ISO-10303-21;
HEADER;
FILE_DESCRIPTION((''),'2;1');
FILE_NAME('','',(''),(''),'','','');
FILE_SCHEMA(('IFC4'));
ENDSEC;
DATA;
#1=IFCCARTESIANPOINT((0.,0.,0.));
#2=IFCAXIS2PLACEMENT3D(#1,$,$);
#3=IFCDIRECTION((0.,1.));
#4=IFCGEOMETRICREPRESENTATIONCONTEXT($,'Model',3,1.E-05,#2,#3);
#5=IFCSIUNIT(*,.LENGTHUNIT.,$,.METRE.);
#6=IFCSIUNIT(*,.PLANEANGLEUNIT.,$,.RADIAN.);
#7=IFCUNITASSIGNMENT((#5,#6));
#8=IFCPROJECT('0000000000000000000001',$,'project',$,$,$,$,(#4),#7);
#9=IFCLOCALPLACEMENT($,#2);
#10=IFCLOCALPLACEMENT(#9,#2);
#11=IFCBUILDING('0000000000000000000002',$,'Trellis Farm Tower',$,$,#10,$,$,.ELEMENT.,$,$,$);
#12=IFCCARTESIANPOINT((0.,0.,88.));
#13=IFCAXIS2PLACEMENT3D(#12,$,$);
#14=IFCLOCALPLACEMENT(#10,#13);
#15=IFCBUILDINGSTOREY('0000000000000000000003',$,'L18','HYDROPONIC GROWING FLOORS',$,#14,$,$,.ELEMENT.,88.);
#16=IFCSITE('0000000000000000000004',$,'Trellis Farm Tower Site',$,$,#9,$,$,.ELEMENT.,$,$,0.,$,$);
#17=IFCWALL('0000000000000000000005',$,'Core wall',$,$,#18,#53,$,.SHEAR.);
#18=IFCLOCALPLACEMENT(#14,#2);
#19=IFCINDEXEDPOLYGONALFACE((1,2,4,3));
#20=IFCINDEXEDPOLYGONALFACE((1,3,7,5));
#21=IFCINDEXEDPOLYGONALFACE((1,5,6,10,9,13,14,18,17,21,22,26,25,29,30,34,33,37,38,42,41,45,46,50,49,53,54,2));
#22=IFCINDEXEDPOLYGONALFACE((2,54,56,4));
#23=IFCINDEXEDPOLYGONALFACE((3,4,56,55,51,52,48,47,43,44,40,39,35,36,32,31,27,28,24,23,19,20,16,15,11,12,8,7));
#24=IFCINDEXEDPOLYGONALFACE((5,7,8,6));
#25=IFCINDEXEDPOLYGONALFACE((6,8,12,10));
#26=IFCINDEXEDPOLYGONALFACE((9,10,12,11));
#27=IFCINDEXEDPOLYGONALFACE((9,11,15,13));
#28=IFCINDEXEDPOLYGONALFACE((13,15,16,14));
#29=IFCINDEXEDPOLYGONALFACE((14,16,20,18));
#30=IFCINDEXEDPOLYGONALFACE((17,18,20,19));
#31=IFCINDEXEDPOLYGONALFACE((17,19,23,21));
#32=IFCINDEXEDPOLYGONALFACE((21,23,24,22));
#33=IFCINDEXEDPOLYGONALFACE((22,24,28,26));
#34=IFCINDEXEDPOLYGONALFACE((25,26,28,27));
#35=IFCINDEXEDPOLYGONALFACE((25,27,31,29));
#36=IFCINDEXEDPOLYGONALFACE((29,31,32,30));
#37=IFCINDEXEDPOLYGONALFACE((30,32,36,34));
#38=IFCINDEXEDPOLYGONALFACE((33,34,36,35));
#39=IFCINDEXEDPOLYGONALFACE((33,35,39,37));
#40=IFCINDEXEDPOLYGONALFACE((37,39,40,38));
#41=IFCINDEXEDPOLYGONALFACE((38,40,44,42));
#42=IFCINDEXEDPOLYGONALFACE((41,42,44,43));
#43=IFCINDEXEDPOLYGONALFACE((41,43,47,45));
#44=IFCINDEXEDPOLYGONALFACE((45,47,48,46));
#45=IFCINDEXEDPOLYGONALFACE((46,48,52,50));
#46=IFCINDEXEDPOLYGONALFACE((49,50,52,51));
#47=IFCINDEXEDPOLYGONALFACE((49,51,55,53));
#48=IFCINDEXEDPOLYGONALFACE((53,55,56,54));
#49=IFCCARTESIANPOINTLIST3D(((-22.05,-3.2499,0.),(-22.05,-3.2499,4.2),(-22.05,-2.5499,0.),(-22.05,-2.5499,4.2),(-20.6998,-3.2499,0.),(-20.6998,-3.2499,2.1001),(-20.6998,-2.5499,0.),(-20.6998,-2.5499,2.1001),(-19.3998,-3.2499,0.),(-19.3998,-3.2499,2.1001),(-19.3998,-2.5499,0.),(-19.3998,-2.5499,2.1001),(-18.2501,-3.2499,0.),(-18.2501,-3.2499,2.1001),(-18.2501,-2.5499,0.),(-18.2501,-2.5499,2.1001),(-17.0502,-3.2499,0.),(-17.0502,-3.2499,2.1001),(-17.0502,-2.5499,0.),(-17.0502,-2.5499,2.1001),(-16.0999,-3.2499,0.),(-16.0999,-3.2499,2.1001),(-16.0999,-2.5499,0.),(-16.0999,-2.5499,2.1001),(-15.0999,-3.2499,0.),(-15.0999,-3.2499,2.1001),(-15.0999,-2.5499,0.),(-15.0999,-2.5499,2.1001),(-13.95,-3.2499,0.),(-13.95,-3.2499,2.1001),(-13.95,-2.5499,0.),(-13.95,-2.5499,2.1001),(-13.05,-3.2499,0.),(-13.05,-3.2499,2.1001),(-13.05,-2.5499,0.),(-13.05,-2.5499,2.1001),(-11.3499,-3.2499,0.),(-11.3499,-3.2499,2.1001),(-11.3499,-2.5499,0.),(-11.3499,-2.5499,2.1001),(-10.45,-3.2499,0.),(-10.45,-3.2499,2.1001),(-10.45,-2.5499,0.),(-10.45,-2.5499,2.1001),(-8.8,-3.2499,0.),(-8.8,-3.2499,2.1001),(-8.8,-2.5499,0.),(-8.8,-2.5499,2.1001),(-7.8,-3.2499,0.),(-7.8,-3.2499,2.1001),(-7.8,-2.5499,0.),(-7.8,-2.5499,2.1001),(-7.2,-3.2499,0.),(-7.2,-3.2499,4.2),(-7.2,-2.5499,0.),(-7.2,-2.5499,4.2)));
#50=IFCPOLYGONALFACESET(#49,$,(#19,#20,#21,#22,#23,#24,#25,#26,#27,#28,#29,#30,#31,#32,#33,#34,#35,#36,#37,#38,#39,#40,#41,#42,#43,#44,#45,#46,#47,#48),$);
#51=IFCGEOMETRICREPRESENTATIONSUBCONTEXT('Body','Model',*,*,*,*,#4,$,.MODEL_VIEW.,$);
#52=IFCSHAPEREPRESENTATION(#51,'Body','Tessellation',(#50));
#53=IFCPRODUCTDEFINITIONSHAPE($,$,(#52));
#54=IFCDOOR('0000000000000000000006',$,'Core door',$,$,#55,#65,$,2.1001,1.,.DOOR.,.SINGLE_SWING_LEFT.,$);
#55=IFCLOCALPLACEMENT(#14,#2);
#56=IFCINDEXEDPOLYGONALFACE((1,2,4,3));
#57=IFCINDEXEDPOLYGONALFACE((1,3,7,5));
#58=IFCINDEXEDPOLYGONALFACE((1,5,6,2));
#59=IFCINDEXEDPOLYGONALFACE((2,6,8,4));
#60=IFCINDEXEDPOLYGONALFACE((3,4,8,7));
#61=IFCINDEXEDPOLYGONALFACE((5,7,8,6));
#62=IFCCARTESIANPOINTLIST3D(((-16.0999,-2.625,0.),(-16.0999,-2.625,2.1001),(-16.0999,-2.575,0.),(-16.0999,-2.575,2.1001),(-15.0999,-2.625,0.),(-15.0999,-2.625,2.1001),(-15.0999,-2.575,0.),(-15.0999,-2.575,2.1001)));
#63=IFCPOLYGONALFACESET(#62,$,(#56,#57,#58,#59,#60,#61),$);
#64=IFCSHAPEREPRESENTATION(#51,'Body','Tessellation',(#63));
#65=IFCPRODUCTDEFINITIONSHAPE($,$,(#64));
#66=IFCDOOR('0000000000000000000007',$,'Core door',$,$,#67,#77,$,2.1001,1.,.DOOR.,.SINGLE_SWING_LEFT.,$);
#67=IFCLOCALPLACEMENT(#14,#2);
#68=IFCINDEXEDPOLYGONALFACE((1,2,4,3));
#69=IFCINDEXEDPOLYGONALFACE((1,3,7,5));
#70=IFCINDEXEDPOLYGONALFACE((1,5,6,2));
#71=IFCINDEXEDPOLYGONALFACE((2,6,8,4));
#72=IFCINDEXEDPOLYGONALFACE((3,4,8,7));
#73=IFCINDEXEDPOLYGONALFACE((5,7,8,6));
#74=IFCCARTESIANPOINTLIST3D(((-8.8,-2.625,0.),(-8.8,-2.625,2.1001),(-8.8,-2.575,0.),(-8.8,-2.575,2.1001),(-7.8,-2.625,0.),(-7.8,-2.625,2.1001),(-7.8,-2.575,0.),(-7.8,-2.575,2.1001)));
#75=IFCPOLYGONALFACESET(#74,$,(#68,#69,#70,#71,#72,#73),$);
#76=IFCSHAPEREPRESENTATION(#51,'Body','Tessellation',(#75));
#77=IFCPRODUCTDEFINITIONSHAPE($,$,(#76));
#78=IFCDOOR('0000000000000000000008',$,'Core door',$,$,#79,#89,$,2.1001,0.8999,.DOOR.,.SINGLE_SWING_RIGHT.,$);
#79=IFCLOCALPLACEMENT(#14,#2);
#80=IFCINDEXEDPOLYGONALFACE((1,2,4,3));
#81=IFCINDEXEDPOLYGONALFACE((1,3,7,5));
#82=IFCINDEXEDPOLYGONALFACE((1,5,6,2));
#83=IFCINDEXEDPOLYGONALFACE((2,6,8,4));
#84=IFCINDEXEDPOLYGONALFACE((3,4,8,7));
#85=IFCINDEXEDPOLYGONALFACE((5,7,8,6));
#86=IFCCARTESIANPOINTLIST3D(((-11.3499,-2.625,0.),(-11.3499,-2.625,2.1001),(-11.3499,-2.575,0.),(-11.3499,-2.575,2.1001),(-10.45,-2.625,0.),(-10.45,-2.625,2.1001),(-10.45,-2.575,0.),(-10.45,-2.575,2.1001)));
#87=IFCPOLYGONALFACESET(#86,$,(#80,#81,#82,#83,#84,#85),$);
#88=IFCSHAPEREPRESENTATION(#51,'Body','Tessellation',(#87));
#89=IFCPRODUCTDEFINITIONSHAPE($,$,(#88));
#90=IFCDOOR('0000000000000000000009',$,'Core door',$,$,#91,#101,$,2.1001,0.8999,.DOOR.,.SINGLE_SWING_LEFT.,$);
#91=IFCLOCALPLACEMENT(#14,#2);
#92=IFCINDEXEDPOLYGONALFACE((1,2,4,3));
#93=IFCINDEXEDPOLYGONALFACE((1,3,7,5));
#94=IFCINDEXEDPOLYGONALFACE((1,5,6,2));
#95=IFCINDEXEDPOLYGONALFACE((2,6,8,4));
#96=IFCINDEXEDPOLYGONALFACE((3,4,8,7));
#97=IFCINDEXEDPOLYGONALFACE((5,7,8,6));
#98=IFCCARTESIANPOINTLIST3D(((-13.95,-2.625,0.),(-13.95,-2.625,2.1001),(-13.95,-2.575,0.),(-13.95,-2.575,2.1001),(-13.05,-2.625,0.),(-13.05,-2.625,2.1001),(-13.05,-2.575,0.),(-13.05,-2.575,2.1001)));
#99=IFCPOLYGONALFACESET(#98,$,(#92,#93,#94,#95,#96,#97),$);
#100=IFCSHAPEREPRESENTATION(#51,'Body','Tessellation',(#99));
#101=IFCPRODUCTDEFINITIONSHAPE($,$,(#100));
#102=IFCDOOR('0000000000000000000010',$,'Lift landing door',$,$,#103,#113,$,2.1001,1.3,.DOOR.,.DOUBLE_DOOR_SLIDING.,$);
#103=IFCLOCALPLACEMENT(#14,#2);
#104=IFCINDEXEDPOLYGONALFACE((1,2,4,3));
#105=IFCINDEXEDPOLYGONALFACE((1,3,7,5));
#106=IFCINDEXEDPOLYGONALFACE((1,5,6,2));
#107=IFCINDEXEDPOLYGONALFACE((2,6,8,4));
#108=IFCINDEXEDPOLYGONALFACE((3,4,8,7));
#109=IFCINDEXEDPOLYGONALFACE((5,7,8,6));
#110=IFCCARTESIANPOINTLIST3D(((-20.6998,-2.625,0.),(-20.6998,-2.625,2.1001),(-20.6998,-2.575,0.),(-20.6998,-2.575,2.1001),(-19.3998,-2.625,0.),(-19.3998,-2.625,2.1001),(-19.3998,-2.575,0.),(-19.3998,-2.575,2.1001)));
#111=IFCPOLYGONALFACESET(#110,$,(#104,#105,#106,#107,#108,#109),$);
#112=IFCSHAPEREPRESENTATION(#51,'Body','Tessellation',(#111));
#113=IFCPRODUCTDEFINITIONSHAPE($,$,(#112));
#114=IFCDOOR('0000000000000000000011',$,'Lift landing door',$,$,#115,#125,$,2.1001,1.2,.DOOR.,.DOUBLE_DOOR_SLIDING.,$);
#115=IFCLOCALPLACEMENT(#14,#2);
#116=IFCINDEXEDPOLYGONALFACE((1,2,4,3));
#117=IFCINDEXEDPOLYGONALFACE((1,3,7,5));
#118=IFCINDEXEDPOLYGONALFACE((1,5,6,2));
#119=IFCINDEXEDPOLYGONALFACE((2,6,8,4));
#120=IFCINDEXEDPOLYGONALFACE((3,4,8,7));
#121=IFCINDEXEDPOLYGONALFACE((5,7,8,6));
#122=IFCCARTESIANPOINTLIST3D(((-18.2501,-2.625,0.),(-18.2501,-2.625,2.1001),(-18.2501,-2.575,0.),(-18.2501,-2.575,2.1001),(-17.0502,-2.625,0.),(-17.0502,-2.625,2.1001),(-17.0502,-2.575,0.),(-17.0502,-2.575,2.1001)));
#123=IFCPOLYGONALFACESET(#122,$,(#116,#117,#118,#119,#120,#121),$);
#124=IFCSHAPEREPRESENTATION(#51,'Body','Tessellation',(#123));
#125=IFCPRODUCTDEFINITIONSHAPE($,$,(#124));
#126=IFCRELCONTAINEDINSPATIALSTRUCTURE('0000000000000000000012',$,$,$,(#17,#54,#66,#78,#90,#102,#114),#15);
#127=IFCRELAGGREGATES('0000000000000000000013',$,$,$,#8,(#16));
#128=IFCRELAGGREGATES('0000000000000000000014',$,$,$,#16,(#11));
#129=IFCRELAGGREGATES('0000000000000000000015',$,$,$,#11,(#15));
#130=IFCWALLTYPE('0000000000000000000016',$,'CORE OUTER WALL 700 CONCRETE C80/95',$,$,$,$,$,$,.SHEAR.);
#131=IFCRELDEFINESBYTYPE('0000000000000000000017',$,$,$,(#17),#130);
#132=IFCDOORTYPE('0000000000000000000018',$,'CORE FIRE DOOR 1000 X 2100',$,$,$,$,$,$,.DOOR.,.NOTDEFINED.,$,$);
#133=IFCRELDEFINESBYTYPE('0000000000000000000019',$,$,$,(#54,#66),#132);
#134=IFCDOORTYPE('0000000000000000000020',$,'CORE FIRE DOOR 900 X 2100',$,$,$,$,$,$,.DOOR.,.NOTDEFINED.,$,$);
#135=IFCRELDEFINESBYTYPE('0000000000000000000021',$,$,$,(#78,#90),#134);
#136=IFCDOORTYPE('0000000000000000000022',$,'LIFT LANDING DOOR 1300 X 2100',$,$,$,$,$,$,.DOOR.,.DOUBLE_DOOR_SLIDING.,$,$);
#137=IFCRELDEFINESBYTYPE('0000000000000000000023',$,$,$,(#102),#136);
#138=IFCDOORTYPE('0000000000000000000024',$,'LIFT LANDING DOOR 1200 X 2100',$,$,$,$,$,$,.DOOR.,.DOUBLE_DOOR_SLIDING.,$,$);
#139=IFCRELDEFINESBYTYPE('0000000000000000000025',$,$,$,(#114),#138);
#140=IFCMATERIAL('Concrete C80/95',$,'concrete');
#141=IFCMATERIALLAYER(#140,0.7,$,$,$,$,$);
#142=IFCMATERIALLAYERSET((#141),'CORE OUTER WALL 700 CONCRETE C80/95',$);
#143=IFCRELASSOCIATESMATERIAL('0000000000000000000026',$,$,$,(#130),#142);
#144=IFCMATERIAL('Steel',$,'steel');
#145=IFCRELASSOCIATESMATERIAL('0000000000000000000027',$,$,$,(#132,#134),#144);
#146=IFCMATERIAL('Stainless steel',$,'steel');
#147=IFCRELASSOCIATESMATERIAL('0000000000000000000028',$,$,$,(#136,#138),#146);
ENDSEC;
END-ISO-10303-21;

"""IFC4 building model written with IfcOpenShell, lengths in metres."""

from ifc_helpers import new_model, si_unit, direction, frame, frame_2d, origin, place, context, subcontext, project, spatial, rectangle, extrude, source, transform, mapped, material, layer, layer_set, type_object, element, fill, save


model = new_model("IFC4")

# Units and contexts
model_context = context("Model", 3, precision=1e-05, world=origin(), true_north=direction((0.0, 1.0)))
body_context = subcontext(model_context, "Body", "Model", "MODEL_VIEW")
ifc_project = project(units=[si_unit("LENGTHUNIT", "METRE"), si_unit("PLANEANGLEUNIT", "RADIAN")], contexts=[model_context])

# Site, building, storey
site_placement = place(None, origin())
site = spatial("IfcSite", under=ifc_project, at=site_placement, Name="Trellis Farm Tower Site", CompositionType="ELEMENT", RefElevation=0.0)
building_placement = place(site_placement, origin())
building = spatial("IfcBuilding", under=site, at=building_placement, Name="Trellis Farm Tower", CompositionType="ELEMENT")
storey_placement = place(building_placement, frame((0.0, 0.0, 88.0)))
storey = spatial("IfcBuildingStorey", under=building, at=storey_placement, Name="L18", Description="HYDROPONIC GROWING FLOORS", CompositionType="ELEMENT", Elevation=88.0)

# Shared definitions
ifc_material_1 = material(Name="Concrete C80/95", Category="concrete")

# Wall, openings, doors
ifc_layer_1 = layer(ifc_material_1, 0.7)
ifc_layer_set_1 = layer_set([ifc_layer_1], Name="CORE OUTER WALL 700 CONCRETE C80/95")
wall_type_1 = type_object("IfcWallType", Name="CORE OUTER WALL 700 CONCRETE C80/95", PredefinedType="SHEAR", material=ifc_layer_set_1)
shared_shape_1 = source(origin(), body_context, "Body", "SweptSolid", [
    extrude(rectangle(XDim=14.8501, YDim=0.7, at=frame_2d((7.425, 0.0))), origin(), (0.0, 0.0, 1.0), 4.2),
])
wall_1_placement = place(storey_placement, frame((-7.2, -2.8999, 0.0), z_axis=(0.0, 0.0, 1.0), x_axis=(-1.0, 0.0, 0.0)))
wall_1 = element("IfcWall", 1, at=wall_1_placement, inside=storey, type_object=wall_type_1, Name="Core wall", PredefinedType="SHEAR", context=body_context, shape_type="MappedRepresentation", body=[
    mapped(shared_shape_1, transform((0.0, 0.0, 0.0))),
])
shared_shape_2 = source(origin(), body_context, "Body", "SweptSolid", [
    extrude(rectangle(XDim=1.3, YDim=2.1001, at=frame_2d((0.6499, 1.05))), frame((0.0, 0.3601, 0.0), z_axis=(0.0, -1.0, 0.0), x_axis=(1.0, 0.0, 0.0)), (0.0, 0.0, 1.0), 0.7202),
])
opening_1_placement = place(wall_1_placement, frame((12.2, 0.0, 0.0)))
opening_1 = element("IfcOpeningElement", 2, at=opening_1_placement, cuts=wall_1, PredefinedType="OPENING", context=body_context, shape_type="MappedRepresentation", body=[
    mapped(shared_shape_2, transform((0.0, 0.0, 0.0))),
])
shared_shape_3 = source(origin(), body_context, "Body", "SweptSolid", [
    extrude(rectangle(XDim=1.2, YDim=2.1001, at=frame_2d((0.6001, 1.05))), frame((0.0, 0.3601, 0.0), z_axis=(0.0, -1.0, 0.0), x_axis=(1.0, 0.0, 0.0)), (0.0, 0.0, 1.0), 0.7202),
])
opening_2_placement = place(wall_1_placement, frame((9.8501, 0.0, 0.0)))
opening_2 = element("IfcOpeningElement", 3, at=opening_2_placement, cuts=wall_1, PredefinedType="OPENING", context=body_context, shape_type="MappedRepresentation", body=[
    mapped(shared_shape_3, transform((0.0, 0.0, 0.0))),
])
shared_shape_4 = source(origin(), body_context, "Body", "SweptSolid", [
    extrude(rectangle(XDim=1.0, YDim=2.1001, at=frame_2d((0.5, 1.05))), frame((0.0, 0.3601, 0.0), z_axis=(0.0, -1.0, 0.0), x_axis=(1.0, 0.0, 0.0)), (0.0, 0.0, 1.0), 0.7202),
])
opening_3_placement = place(wall_1_placement, frame((7.8999, 0.0, 0.0)))
opening_3 = element("IfcOpeningElement", 4, at=opening_3_placement, cuts=wall_1, PredefinedType="OPENING", context=body_context, shape_type="MappedRepresentation", body=[
    mapped(shared_shape_4, transform((0.0, 0.0, 0.0))),
])
opening_4_placement = place(wall_1_placement, frame((0.6001, 0.0, 0.0)))
opening_4 = element("IfcOpeningElement", 5, at=opening_4_placement, cuts=wall_1, PredefinedType="OPENING", context=body_context, shape_type="MappedRepresentation", body=[
    mapped(shared_shape_4, transform((0.0, 0.0, 0.0))),
])
shared_shape_5 = source(origin(), body_context, "Body", "SweptSolid", [
    extrude(rectangle(XDim=0.8999, YDim=2.1001, at=frame_2d((0.45, 1.05))), frame((0.0, 0.3601, 0.0), z_axis=(0.0, -1.0, 0.0), x_axis=(1.0, 0.0, 0.0)), (0.0, 0.0, 1.0), 0.7202),
])
opening_5_placement = place(wall_1_placement, frame((3.25, 0.0, 0.0)))
opening_5 = element("IfcOpeningElement", 6, at=opening_5_placement, cuts=wall_1, PredefinedType="OPENING", context=body_context, shape_type="MappedRepresentation", body=[
    mapped(shared_shape_5, transform((0.0, 0.0, 0.0))),
])
opening_6_placement = place(wall_1_placement, frame((5.8501, 0.0, 0.0)))
opening_6 = element("IfcOpeningElement", 7, at=opening_6_placement, cuts=wall_1, PredefinedType="OPENING", context=body_context, shape_type="MappedRepresentation", body=[
    mapped(shared_shape_5, transform((0.0, 0.0, 0.0))),
])
ifc_material_2 = material(Name="Steel", Category="steel")
door_type_1 = type_object("IfcDoorType", Name="CORE FIRE DOOR 1000 X 2100", OperationType="NOTDEFINED", PredefinedType="DOOR", material=ifc_material_2)
shared_shape_6 = source(origin(), body_context, "Body", "SweptSolid", [
    extrude(rectangle(XDim=1.0, YDim=2.1001, at=frame_2d((0.5, 1.05))), frame((0.0, -0.2749, 0.0), z_axis=(0.0, -1.0, 0.0), x_axis=(1.0, 0.0, 0.0)), (0.0, 0.0, 1.0), 0.05),
])
door_1_placement = place(opening_3_placement, origin())
door_1 = element("IfcDoor", 8, at=door_1_placement, inside=storey, type_object=door_type_1, Name="Core door", OperationType="SINGLE_SWING_LEFT", OverallHeight=2.1001, OverallWidth=1.0, PredefinedType="DOOR", context=body_context, shape_type="MappedRepresentation", body=[
    mapped(shared_shape_6, transform((0.0, 0.0, 0.0))),
])
fill(opening_3, door_1)
door_2_placement = place(opening_4_placement, origin())
door_2 = element("IfcDoor", 9, at=door_2_placement, inside=storey, type_object=door_type_1, Name="Core door", OperationType="SINGLE_SWING_LEFT", OverallHeight=2.1001, OverallWidth=1.0, PredefinedType="DOOR", context=body_context, shape_type="MappedRepresentation", body=[
    mapped(shared_shape_6, transform((0.0, 0.0, 0.0))),
])
fill(opening_4, door_2)
door_type_2 = type_object("IfcDoorType", Name="CORE FIRE DOOR 900 X 2100", OperationType="NOTDEFINED", PredefinedType="DOOR", material=ifc_material_2)
shared_shape_7 = source(origin(), body_context, "Body", "SweptSolid", [
    extrude(rectangle(XDim=0.8999, YDim=2.1001, at=frame_2d((0.45, 1.05))), frame((0.0, -0.2749, 0.0), z_axis=(0.0, -1.0, 0.0), x_axis=(1.0, 0.0, 0.0)), (0.0, 0.0, 1.0), 0.05),
])
door_3_placement = place(opening_5_placement, origin())
door_3 = element("IfcDoor", 10, at=door_3_placement, inside=storey, type_object=door_type_2, Name="Core door", OperationType="SINGLE_SWING_RIGHT", OverallHeight=2.1001, OverallWidth=0.8999, PredefinedType="DOOR", context=body_context, shape_type="MappedRepresentation", body=[
    mapped(shared_shape_7, transform((0.0, 0.0, 0.0))),
])
fill(opening_5, door_3)
door_4_placement = place(opening_6_placement, origin())
door_4 = element("IfcDoor", 11, at=door_4_placement, inside=storey, type_object=door_type_2, Name="Core door", OperationType="SINGLE_SWING_LEFT", OverallHeight=2.1001, OverallWidth=0.8999, PredefinedType="DOOR", context=body_context, shape_type="MappedRepresentation", body=[
    mapped(shared_shape_7, transform((0.0, 0.0, 0.0))),
])
fill(opening_6, door_4)
ifc_material_3 = material(Name="Stainless steel", Category="steel")
door_type_3 = type_object("IfcDoorType", Name="LIFT LANDING DOOR 1300 X 2100", OperationType="DOUBLE_DOOR_SLIDING", PredefinedType="DOOR", material=ifc_material_3)
shared_shape_8 = source(origin(), body_context, "Body", "SweptSolid", [
    extrude(rectangle(XDim=1.3, YDim=2.1001, at=frame_2d((0.6499, 1.05))), frame((0.0, -0.2749, 0.0), z_axis=(0.0, -1.0, 0.0), x_axis=(1.0, 0.0, 0.0)), (0.0, 0.0, 1.0), 0.05),
])
door_5_placement = place(opening_1_placement, origin())
door_5 = element("IfcDoor", 12, at=door_5_placement, inside=storey, type_object=door_type_3, Name="Lift landing door", OperationType="DOUBLE_DOOR_SLIDING", OverallHeight=2.1001, OverallWidth=1.3, PredefinedType="DOOR", context=body_context, shape_type="MappedRepresentation", body=[
    mapped(shared_shape_8, transform((0.0, 0.0, 0.0))),
])
fill(opening_1, door_5)
door_type_4 = type_object("IfcDoorType", Name="LIFT LANDING DOOR 1200 X 2100", OperationType="DOUBLE_DOOR_SLIDING", PredefinedType="DOOR", material=ifc_material_3)
shared_shape_9 = source(origin(), body_context, "Body", "SweptSolid", [
    extrude(rectangle(XDim=1.2, YDim=2.1001, at=frame_2d((0.6001, 1.05))), frame((0.0, -0.2749, 0.0), z_axis=(0.0, -1.0, 0.0), x_axis=(1.0, 0.0, 0.0)), (0.0, 0.0, 1.0), 0.05),
])
door_6_placement = place(opening_2_placement, origin())
door_6 = element("IfcDoor", 13, at=door_6_placement, inside=storey, type_object=door_type_4, Name="Lift landing door", OperationType="DOUBLE_DOOR_SLIDING", OverallHeight=2.1001, OverallWidth=1.2, PredefinedType="DOOR", context=body_context, shape_type="MappedRepresentation", body=[
    mapped(shared_shape_9, transform((0.0, 0.0, 0.0))),
])
fill(opening_2, door_6)

save(model, "model.ifc")
